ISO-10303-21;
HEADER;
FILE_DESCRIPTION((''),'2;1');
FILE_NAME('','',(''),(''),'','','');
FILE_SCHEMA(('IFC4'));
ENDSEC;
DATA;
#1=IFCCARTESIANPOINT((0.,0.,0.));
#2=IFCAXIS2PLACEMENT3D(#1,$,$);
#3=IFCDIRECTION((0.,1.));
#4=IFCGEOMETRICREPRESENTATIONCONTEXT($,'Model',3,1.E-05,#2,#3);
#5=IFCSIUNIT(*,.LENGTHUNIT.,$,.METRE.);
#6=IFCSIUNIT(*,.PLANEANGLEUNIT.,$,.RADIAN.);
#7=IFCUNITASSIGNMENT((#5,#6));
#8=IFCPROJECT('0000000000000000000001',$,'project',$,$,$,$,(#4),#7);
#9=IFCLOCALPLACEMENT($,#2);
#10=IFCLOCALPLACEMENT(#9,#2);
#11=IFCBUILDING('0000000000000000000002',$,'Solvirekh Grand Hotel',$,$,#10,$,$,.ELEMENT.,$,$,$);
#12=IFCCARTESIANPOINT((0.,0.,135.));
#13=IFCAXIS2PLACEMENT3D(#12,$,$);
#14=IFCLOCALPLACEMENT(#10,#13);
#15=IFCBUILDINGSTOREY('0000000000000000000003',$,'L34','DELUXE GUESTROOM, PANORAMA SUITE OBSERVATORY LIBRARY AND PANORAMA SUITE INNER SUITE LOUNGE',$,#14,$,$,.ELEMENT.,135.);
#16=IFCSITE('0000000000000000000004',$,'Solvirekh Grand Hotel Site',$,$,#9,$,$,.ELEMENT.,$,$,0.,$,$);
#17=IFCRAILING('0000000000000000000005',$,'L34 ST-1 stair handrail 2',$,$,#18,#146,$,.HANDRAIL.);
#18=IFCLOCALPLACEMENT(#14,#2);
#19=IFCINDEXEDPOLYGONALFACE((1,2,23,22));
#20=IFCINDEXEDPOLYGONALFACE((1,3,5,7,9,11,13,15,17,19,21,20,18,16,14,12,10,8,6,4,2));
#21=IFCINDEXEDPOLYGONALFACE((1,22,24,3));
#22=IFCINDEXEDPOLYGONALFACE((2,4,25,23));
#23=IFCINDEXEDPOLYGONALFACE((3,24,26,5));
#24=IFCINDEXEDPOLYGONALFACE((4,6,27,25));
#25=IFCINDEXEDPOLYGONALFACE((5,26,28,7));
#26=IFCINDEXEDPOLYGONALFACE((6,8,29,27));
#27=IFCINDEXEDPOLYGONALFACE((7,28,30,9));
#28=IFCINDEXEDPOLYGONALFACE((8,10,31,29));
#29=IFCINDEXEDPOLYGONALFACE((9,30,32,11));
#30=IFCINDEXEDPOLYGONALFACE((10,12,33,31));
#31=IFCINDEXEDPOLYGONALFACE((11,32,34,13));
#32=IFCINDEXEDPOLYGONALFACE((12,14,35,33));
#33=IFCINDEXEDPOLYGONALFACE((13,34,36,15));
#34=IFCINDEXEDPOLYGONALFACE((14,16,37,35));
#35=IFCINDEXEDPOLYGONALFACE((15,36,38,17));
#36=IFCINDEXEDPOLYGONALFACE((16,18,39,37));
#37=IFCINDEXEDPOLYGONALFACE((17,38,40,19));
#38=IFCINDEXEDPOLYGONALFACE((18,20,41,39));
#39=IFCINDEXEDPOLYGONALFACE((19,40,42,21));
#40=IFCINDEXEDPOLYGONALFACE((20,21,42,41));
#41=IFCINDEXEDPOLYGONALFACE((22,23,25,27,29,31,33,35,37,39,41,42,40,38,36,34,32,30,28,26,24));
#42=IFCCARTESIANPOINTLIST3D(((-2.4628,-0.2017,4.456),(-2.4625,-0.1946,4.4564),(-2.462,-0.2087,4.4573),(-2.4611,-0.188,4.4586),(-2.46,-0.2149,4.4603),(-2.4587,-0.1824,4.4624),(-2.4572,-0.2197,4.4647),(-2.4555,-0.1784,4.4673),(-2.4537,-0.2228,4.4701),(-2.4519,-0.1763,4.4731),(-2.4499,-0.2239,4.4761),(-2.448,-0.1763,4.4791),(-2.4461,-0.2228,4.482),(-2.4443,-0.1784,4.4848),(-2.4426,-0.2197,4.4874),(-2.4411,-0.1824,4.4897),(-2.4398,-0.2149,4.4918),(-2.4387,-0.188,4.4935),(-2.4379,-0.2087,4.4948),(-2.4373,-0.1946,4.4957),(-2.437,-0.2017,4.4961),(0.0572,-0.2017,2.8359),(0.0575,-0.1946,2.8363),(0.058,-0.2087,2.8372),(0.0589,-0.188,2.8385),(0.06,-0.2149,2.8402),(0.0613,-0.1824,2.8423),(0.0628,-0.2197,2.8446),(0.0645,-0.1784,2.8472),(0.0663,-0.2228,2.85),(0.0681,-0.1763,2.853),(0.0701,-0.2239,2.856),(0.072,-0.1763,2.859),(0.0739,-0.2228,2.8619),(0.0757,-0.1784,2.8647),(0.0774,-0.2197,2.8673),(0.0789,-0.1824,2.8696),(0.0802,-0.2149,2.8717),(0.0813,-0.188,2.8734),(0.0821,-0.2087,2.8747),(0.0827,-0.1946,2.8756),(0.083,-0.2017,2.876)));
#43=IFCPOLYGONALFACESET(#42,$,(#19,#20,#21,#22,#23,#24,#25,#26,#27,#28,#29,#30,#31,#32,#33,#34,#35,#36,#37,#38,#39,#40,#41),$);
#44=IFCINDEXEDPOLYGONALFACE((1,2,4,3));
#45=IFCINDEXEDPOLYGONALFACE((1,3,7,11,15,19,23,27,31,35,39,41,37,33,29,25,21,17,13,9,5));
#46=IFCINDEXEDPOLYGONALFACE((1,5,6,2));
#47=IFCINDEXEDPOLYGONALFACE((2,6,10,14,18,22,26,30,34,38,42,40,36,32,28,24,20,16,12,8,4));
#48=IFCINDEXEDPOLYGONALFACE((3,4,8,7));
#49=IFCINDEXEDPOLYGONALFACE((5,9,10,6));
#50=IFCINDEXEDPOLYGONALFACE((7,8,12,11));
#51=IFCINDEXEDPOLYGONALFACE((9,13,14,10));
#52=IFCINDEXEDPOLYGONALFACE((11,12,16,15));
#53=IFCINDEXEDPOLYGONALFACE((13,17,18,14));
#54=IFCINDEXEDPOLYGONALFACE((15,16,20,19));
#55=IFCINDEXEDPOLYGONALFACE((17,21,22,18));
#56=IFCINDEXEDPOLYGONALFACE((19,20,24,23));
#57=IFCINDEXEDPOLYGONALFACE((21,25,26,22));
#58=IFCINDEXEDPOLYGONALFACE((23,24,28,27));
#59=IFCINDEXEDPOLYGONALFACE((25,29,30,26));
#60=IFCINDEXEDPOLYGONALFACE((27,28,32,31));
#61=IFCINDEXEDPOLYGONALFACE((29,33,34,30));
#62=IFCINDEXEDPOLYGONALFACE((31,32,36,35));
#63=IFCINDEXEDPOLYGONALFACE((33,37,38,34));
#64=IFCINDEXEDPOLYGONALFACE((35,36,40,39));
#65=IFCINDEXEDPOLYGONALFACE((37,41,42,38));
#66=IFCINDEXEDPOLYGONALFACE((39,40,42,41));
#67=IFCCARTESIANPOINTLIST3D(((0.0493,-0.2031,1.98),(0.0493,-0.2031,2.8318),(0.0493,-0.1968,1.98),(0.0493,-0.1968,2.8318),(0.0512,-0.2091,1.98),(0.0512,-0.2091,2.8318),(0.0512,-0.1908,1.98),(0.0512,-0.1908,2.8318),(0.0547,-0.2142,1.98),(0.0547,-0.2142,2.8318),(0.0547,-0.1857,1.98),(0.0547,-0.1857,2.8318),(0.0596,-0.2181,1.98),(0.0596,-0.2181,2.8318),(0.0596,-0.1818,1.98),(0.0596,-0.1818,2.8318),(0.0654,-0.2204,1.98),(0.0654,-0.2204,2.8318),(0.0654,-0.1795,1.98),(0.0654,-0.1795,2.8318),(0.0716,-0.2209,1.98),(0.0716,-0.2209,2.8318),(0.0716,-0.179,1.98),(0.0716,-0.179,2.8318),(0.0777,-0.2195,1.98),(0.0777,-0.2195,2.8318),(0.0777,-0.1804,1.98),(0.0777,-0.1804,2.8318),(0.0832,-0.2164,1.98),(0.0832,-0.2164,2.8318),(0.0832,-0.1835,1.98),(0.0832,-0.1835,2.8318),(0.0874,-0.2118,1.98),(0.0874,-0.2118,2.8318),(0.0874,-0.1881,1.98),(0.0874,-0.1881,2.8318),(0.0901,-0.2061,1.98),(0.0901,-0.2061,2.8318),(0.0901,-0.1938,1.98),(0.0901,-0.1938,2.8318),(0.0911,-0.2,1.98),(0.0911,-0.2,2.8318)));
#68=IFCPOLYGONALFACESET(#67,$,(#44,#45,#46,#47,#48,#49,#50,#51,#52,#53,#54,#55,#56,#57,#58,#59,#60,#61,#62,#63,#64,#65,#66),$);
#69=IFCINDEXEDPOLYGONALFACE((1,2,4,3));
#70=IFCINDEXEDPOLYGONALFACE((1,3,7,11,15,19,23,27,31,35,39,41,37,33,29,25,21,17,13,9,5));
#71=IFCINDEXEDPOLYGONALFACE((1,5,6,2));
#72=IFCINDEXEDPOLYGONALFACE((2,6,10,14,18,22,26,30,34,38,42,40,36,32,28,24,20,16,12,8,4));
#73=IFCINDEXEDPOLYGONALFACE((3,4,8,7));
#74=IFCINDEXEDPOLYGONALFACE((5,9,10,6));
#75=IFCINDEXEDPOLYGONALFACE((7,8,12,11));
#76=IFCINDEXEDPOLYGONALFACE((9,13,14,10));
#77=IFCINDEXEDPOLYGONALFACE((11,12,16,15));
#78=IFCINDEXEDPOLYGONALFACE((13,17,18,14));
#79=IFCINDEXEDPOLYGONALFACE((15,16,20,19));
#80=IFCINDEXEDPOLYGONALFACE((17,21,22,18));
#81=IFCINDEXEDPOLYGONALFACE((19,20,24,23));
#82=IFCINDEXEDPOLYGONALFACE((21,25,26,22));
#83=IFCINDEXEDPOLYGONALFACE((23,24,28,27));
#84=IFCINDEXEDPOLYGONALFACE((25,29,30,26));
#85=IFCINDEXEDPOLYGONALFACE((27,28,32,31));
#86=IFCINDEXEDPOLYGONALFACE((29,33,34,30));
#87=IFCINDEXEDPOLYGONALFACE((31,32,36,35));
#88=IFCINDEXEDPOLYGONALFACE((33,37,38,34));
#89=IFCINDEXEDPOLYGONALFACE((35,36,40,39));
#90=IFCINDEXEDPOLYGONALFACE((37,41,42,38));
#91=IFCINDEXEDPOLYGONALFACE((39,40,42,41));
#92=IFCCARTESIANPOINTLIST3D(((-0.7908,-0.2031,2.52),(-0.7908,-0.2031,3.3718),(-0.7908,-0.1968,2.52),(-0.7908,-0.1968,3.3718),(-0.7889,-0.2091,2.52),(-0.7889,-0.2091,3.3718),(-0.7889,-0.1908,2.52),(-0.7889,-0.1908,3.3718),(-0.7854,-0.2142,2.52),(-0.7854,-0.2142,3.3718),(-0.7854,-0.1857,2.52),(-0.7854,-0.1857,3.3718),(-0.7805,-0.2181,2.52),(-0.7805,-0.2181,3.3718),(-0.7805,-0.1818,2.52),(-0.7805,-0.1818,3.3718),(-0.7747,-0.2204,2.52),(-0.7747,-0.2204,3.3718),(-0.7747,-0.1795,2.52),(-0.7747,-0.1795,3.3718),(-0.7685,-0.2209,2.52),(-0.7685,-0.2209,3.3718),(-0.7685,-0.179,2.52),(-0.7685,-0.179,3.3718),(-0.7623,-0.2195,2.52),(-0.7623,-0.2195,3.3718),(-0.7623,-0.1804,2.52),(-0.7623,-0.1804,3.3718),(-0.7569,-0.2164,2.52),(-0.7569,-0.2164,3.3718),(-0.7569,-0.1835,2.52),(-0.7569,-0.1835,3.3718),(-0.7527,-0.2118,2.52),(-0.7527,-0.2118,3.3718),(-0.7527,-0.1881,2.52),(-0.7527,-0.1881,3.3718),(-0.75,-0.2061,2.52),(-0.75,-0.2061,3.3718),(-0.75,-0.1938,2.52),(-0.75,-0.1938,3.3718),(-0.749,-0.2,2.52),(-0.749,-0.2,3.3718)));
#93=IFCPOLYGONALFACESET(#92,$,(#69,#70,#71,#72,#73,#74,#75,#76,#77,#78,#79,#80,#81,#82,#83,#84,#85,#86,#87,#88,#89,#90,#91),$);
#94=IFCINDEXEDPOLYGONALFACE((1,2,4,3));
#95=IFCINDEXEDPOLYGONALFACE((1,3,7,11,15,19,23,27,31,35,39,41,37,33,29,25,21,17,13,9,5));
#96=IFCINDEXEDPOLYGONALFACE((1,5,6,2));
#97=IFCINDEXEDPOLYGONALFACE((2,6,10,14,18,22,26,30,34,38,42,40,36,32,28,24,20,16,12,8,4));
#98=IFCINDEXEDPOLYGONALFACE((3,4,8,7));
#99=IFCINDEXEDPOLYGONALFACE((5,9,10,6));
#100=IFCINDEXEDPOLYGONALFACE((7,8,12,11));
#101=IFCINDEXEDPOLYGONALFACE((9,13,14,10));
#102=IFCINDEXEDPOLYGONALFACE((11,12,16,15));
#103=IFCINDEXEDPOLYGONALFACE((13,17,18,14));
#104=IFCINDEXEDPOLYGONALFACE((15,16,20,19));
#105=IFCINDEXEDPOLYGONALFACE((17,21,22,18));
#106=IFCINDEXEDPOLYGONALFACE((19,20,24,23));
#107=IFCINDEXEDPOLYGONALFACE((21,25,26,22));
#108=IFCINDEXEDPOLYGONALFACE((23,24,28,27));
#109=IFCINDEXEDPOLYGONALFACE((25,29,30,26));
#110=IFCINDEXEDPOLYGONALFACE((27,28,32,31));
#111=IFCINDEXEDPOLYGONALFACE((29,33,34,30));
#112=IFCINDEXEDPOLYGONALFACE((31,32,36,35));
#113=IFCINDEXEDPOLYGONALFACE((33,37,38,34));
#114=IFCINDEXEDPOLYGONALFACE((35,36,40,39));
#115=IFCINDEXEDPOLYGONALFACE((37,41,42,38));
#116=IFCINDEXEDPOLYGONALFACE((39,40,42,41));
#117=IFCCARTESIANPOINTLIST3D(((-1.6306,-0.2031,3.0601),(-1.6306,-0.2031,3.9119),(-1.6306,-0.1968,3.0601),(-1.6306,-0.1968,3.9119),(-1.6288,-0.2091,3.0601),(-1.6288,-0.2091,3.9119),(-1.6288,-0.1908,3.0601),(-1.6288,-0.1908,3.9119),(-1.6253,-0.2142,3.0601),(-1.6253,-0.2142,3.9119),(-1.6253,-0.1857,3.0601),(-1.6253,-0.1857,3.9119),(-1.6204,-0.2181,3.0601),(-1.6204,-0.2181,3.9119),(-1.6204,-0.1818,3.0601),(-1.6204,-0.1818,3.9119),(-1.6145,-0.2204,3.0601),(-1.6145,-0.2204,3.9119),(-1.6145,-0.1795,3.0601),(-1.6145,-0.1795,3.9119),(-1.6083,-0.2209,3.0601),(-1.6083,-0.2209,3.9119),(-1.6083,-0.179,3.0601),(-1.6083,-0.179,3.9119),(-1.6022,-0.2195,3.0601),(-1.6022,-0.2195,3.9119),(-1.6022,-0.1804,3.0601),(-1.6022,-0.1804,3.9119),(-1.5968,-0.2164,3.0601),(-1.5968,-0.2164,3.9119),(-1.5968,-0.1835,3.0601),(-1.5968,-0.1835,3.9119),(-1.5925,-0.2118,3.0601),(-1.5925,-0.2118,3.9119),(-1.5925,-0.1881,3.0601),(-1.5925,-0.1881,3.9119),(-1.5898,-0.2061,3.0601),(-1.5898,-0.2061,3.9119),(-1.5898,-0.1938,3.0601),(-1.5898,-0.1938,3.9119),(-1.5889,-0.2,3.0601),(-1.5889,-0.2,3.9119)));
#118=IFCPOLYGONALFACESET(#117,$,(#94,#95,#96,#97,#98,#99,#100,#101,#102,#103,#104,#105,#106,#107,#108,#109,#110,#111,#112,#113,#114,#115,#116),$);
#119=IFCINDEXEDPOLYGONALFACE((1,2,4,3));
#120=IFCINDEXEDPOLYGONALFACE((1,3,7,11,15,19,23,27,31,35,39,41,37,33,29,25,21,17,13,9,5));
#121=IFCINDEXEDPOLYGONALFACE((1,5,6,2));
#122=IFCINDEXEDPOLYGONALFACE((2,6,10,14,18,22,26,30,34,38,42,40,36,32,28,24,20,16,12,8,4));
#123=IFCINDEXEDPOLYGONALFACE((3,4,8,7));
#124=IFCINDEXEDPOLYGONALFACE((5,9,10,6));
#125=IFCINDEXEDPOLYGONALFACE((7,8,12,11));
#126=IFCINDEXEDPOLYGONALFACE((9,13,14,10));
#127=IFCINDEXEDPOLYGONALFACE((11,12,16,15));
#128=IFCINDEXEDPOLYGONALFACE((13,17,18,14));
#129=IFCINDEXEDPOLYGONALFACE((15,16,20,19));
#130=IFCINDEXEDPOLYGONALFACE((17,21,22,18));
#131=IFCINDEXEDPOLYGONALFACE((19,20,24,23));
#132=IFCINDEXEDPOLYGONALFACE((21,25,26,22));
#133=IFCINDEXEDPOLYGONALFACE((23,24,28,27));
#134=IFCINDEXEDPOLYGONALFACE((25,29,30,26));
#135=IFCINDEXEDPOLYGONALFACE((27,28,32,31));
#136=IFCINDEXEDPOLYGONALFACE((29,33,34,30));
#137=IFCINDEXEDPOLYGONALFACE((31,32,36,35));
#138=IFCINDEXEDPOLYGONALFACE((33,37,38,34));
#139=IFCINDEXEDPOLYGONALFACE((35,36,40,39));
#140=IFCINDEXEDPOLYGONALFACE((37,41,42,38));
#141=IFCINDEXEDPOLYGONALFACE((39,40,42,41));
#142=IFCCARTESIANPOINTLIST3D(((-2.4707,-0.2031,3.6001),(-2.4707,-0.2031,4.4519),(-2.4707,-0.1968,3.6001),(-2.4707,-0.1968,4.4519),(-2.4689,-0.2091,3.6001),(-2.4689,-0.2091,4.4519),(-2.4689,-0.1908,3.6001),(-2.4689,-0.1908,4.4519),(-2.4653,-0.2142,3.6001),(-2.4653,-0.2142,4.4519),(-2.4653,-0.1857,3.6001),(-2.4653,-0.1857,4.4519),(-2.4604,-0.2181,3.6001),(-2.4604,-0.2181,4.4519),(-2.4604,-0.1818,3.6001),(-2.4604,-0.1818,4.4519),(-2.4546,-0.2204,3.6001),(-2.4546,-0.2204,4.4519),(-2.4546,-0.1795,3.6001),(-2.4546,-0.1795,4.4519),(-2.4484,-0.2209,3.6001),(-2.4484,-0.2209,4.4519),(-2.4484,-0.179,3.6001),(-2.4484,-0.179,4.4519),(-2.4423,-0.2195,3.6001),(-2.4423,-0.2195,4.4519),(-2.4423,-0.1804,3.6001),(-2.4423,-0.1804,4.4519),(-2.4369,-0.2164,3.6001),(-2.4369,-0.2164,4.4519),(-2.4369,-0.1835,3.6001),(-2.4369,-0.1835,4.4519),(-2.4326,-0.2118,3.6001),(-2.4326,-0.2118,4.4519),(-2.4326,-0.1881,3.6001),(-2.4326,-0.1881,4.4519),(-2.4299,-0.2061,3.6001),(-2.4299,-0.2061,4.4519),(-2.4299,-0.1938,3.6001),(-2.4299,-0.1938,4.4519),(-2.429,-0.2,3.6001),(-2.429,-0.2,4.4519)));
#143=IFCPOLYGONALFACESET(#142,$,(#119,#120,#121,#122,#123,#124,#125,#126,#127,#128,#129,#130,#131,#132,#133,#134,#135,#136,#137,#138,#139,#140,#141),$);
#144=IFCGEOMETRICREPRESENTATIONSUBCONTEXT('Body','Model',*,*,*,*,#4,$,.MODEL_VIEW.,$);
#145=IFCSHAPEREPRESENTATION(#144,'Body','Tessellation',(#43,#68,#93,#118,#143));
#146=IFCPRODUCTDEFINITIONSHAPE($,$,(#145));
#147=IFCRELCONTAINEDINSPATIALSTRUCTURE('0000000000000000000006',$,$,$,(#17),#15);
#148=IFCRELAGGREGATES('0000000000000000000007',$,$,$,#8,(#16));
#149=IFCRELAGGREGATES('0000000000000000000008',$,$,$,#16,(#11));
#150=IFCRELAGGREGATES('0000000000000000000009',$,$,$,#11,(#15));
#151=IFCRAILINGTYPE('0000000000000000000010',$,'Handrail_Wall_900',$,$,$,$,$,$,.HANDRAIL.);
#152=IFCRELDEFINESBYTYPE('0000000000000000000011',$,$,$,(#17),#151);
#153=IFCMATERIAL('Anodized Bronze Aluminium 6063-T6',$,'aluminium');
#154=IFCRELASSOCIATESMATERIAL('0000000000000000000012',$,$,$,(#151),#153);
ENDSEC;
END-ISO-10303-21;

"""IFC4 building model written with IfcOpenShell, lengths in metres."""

from ifc_helpers import new_model, si_unit, direction, frame, origin, origin_2d, place, context, subcontext, project, spatial, circle, extrude, material, type_object, element, save


model = new_model("IFC4")

# Units and contexts
model_context = context("Model", 3, precision=1e-05, world=origin(), true_north=direction((0.0, 1.0)))
body_context = subcontext(model_context, "Body", "Model", "MODEL_VIEW")
ifc_project = project(units=[si_unit("LENGTHUNIT", "METRE"), si_unit("PLANEANGLEUNIT", "RADIAN")], contexts=[model_context])

# Site, building, storey
site_placement = place(None, origin())
site = spatial("IfcSite", under=ifc_project, at=site_placement, Name="Solvirekh Grand Hotel Site", CompositionType="ELEMENT", RefElevation=0.0)
building_placement = place(site_placement, origin())
building = spatial("IfcBuilding", under=site, at=building_placement, Name="Solvirekh Grand Hotel", CompositionType="ELEMENT")
storey_placement = place(building_placement, frame((0.0, 0.0, 135.0)))
storey = spatial("IfcBuildingStorey", under=building, at=storey_placement, Name="L34", Description="DELUXE GUESTROOM, PANORAMA SUITE OBSERVATORY LIBRARY AND PANORAMA SUITE INNER SUITE LOUNGE", CompositionType="ELEMENT", Elevation=135.0)

# Shared definitions
ifc_material_1 = material(Name="Anodized Bronze Aluminium 6063-T6", Category="aluminium")

# Railing
railing_type_1 = type_object("IfcRailingType", Name="Handrail_Wall_900", PredefinedType="HANDRAIL", material=ifc_material_1)
for number, where, name in (
    (1, (0.0701, -0.2, 1.98), "L34 ST-1 stair handrail 2"),
):
    element("IfcRailing", number, at=place(storey_placement, frame(where)), inside=storey, type_object=railing_type_1, Name=name, PredefinedType="HANDRAIL", context=body_context, shape_type="SweptSolid", body=[
        extrude(circle(Radius=0.0239, at=origin_2d()), frame((0.0, 0.0, 0.876), z_axis=(-0.841163, 0.0, 0.540782), x_axis=(0.0, -1.0, 0.0)), (0.0, 0.0, 1.0), 2.9958),
        extrude(circle(Radius=0.021, at=origin_2d()), origin(), (0.0, 0.0, 1.0), 0.8518),
        extrude(circle(Radius=0.021, at=origin_2d()), frame((-0.8401, 0.0, 0.54)), (0.0, 0.0, 1.0), 0.8518),
        extrude(circle(Radius=0.021, at=origin_2d()), frame((-1.6799, 0.0, 1.0801)), (0.0, 0.0, 1.0), 0.8518),
        extrude(circle(Radius=0.021, at=origin_2d()), frame((-2.52, 0.0, 1.6201)), (0.0, 0.0, 1.0), 0.8518),
    ])

save(model, "model.ifc")
